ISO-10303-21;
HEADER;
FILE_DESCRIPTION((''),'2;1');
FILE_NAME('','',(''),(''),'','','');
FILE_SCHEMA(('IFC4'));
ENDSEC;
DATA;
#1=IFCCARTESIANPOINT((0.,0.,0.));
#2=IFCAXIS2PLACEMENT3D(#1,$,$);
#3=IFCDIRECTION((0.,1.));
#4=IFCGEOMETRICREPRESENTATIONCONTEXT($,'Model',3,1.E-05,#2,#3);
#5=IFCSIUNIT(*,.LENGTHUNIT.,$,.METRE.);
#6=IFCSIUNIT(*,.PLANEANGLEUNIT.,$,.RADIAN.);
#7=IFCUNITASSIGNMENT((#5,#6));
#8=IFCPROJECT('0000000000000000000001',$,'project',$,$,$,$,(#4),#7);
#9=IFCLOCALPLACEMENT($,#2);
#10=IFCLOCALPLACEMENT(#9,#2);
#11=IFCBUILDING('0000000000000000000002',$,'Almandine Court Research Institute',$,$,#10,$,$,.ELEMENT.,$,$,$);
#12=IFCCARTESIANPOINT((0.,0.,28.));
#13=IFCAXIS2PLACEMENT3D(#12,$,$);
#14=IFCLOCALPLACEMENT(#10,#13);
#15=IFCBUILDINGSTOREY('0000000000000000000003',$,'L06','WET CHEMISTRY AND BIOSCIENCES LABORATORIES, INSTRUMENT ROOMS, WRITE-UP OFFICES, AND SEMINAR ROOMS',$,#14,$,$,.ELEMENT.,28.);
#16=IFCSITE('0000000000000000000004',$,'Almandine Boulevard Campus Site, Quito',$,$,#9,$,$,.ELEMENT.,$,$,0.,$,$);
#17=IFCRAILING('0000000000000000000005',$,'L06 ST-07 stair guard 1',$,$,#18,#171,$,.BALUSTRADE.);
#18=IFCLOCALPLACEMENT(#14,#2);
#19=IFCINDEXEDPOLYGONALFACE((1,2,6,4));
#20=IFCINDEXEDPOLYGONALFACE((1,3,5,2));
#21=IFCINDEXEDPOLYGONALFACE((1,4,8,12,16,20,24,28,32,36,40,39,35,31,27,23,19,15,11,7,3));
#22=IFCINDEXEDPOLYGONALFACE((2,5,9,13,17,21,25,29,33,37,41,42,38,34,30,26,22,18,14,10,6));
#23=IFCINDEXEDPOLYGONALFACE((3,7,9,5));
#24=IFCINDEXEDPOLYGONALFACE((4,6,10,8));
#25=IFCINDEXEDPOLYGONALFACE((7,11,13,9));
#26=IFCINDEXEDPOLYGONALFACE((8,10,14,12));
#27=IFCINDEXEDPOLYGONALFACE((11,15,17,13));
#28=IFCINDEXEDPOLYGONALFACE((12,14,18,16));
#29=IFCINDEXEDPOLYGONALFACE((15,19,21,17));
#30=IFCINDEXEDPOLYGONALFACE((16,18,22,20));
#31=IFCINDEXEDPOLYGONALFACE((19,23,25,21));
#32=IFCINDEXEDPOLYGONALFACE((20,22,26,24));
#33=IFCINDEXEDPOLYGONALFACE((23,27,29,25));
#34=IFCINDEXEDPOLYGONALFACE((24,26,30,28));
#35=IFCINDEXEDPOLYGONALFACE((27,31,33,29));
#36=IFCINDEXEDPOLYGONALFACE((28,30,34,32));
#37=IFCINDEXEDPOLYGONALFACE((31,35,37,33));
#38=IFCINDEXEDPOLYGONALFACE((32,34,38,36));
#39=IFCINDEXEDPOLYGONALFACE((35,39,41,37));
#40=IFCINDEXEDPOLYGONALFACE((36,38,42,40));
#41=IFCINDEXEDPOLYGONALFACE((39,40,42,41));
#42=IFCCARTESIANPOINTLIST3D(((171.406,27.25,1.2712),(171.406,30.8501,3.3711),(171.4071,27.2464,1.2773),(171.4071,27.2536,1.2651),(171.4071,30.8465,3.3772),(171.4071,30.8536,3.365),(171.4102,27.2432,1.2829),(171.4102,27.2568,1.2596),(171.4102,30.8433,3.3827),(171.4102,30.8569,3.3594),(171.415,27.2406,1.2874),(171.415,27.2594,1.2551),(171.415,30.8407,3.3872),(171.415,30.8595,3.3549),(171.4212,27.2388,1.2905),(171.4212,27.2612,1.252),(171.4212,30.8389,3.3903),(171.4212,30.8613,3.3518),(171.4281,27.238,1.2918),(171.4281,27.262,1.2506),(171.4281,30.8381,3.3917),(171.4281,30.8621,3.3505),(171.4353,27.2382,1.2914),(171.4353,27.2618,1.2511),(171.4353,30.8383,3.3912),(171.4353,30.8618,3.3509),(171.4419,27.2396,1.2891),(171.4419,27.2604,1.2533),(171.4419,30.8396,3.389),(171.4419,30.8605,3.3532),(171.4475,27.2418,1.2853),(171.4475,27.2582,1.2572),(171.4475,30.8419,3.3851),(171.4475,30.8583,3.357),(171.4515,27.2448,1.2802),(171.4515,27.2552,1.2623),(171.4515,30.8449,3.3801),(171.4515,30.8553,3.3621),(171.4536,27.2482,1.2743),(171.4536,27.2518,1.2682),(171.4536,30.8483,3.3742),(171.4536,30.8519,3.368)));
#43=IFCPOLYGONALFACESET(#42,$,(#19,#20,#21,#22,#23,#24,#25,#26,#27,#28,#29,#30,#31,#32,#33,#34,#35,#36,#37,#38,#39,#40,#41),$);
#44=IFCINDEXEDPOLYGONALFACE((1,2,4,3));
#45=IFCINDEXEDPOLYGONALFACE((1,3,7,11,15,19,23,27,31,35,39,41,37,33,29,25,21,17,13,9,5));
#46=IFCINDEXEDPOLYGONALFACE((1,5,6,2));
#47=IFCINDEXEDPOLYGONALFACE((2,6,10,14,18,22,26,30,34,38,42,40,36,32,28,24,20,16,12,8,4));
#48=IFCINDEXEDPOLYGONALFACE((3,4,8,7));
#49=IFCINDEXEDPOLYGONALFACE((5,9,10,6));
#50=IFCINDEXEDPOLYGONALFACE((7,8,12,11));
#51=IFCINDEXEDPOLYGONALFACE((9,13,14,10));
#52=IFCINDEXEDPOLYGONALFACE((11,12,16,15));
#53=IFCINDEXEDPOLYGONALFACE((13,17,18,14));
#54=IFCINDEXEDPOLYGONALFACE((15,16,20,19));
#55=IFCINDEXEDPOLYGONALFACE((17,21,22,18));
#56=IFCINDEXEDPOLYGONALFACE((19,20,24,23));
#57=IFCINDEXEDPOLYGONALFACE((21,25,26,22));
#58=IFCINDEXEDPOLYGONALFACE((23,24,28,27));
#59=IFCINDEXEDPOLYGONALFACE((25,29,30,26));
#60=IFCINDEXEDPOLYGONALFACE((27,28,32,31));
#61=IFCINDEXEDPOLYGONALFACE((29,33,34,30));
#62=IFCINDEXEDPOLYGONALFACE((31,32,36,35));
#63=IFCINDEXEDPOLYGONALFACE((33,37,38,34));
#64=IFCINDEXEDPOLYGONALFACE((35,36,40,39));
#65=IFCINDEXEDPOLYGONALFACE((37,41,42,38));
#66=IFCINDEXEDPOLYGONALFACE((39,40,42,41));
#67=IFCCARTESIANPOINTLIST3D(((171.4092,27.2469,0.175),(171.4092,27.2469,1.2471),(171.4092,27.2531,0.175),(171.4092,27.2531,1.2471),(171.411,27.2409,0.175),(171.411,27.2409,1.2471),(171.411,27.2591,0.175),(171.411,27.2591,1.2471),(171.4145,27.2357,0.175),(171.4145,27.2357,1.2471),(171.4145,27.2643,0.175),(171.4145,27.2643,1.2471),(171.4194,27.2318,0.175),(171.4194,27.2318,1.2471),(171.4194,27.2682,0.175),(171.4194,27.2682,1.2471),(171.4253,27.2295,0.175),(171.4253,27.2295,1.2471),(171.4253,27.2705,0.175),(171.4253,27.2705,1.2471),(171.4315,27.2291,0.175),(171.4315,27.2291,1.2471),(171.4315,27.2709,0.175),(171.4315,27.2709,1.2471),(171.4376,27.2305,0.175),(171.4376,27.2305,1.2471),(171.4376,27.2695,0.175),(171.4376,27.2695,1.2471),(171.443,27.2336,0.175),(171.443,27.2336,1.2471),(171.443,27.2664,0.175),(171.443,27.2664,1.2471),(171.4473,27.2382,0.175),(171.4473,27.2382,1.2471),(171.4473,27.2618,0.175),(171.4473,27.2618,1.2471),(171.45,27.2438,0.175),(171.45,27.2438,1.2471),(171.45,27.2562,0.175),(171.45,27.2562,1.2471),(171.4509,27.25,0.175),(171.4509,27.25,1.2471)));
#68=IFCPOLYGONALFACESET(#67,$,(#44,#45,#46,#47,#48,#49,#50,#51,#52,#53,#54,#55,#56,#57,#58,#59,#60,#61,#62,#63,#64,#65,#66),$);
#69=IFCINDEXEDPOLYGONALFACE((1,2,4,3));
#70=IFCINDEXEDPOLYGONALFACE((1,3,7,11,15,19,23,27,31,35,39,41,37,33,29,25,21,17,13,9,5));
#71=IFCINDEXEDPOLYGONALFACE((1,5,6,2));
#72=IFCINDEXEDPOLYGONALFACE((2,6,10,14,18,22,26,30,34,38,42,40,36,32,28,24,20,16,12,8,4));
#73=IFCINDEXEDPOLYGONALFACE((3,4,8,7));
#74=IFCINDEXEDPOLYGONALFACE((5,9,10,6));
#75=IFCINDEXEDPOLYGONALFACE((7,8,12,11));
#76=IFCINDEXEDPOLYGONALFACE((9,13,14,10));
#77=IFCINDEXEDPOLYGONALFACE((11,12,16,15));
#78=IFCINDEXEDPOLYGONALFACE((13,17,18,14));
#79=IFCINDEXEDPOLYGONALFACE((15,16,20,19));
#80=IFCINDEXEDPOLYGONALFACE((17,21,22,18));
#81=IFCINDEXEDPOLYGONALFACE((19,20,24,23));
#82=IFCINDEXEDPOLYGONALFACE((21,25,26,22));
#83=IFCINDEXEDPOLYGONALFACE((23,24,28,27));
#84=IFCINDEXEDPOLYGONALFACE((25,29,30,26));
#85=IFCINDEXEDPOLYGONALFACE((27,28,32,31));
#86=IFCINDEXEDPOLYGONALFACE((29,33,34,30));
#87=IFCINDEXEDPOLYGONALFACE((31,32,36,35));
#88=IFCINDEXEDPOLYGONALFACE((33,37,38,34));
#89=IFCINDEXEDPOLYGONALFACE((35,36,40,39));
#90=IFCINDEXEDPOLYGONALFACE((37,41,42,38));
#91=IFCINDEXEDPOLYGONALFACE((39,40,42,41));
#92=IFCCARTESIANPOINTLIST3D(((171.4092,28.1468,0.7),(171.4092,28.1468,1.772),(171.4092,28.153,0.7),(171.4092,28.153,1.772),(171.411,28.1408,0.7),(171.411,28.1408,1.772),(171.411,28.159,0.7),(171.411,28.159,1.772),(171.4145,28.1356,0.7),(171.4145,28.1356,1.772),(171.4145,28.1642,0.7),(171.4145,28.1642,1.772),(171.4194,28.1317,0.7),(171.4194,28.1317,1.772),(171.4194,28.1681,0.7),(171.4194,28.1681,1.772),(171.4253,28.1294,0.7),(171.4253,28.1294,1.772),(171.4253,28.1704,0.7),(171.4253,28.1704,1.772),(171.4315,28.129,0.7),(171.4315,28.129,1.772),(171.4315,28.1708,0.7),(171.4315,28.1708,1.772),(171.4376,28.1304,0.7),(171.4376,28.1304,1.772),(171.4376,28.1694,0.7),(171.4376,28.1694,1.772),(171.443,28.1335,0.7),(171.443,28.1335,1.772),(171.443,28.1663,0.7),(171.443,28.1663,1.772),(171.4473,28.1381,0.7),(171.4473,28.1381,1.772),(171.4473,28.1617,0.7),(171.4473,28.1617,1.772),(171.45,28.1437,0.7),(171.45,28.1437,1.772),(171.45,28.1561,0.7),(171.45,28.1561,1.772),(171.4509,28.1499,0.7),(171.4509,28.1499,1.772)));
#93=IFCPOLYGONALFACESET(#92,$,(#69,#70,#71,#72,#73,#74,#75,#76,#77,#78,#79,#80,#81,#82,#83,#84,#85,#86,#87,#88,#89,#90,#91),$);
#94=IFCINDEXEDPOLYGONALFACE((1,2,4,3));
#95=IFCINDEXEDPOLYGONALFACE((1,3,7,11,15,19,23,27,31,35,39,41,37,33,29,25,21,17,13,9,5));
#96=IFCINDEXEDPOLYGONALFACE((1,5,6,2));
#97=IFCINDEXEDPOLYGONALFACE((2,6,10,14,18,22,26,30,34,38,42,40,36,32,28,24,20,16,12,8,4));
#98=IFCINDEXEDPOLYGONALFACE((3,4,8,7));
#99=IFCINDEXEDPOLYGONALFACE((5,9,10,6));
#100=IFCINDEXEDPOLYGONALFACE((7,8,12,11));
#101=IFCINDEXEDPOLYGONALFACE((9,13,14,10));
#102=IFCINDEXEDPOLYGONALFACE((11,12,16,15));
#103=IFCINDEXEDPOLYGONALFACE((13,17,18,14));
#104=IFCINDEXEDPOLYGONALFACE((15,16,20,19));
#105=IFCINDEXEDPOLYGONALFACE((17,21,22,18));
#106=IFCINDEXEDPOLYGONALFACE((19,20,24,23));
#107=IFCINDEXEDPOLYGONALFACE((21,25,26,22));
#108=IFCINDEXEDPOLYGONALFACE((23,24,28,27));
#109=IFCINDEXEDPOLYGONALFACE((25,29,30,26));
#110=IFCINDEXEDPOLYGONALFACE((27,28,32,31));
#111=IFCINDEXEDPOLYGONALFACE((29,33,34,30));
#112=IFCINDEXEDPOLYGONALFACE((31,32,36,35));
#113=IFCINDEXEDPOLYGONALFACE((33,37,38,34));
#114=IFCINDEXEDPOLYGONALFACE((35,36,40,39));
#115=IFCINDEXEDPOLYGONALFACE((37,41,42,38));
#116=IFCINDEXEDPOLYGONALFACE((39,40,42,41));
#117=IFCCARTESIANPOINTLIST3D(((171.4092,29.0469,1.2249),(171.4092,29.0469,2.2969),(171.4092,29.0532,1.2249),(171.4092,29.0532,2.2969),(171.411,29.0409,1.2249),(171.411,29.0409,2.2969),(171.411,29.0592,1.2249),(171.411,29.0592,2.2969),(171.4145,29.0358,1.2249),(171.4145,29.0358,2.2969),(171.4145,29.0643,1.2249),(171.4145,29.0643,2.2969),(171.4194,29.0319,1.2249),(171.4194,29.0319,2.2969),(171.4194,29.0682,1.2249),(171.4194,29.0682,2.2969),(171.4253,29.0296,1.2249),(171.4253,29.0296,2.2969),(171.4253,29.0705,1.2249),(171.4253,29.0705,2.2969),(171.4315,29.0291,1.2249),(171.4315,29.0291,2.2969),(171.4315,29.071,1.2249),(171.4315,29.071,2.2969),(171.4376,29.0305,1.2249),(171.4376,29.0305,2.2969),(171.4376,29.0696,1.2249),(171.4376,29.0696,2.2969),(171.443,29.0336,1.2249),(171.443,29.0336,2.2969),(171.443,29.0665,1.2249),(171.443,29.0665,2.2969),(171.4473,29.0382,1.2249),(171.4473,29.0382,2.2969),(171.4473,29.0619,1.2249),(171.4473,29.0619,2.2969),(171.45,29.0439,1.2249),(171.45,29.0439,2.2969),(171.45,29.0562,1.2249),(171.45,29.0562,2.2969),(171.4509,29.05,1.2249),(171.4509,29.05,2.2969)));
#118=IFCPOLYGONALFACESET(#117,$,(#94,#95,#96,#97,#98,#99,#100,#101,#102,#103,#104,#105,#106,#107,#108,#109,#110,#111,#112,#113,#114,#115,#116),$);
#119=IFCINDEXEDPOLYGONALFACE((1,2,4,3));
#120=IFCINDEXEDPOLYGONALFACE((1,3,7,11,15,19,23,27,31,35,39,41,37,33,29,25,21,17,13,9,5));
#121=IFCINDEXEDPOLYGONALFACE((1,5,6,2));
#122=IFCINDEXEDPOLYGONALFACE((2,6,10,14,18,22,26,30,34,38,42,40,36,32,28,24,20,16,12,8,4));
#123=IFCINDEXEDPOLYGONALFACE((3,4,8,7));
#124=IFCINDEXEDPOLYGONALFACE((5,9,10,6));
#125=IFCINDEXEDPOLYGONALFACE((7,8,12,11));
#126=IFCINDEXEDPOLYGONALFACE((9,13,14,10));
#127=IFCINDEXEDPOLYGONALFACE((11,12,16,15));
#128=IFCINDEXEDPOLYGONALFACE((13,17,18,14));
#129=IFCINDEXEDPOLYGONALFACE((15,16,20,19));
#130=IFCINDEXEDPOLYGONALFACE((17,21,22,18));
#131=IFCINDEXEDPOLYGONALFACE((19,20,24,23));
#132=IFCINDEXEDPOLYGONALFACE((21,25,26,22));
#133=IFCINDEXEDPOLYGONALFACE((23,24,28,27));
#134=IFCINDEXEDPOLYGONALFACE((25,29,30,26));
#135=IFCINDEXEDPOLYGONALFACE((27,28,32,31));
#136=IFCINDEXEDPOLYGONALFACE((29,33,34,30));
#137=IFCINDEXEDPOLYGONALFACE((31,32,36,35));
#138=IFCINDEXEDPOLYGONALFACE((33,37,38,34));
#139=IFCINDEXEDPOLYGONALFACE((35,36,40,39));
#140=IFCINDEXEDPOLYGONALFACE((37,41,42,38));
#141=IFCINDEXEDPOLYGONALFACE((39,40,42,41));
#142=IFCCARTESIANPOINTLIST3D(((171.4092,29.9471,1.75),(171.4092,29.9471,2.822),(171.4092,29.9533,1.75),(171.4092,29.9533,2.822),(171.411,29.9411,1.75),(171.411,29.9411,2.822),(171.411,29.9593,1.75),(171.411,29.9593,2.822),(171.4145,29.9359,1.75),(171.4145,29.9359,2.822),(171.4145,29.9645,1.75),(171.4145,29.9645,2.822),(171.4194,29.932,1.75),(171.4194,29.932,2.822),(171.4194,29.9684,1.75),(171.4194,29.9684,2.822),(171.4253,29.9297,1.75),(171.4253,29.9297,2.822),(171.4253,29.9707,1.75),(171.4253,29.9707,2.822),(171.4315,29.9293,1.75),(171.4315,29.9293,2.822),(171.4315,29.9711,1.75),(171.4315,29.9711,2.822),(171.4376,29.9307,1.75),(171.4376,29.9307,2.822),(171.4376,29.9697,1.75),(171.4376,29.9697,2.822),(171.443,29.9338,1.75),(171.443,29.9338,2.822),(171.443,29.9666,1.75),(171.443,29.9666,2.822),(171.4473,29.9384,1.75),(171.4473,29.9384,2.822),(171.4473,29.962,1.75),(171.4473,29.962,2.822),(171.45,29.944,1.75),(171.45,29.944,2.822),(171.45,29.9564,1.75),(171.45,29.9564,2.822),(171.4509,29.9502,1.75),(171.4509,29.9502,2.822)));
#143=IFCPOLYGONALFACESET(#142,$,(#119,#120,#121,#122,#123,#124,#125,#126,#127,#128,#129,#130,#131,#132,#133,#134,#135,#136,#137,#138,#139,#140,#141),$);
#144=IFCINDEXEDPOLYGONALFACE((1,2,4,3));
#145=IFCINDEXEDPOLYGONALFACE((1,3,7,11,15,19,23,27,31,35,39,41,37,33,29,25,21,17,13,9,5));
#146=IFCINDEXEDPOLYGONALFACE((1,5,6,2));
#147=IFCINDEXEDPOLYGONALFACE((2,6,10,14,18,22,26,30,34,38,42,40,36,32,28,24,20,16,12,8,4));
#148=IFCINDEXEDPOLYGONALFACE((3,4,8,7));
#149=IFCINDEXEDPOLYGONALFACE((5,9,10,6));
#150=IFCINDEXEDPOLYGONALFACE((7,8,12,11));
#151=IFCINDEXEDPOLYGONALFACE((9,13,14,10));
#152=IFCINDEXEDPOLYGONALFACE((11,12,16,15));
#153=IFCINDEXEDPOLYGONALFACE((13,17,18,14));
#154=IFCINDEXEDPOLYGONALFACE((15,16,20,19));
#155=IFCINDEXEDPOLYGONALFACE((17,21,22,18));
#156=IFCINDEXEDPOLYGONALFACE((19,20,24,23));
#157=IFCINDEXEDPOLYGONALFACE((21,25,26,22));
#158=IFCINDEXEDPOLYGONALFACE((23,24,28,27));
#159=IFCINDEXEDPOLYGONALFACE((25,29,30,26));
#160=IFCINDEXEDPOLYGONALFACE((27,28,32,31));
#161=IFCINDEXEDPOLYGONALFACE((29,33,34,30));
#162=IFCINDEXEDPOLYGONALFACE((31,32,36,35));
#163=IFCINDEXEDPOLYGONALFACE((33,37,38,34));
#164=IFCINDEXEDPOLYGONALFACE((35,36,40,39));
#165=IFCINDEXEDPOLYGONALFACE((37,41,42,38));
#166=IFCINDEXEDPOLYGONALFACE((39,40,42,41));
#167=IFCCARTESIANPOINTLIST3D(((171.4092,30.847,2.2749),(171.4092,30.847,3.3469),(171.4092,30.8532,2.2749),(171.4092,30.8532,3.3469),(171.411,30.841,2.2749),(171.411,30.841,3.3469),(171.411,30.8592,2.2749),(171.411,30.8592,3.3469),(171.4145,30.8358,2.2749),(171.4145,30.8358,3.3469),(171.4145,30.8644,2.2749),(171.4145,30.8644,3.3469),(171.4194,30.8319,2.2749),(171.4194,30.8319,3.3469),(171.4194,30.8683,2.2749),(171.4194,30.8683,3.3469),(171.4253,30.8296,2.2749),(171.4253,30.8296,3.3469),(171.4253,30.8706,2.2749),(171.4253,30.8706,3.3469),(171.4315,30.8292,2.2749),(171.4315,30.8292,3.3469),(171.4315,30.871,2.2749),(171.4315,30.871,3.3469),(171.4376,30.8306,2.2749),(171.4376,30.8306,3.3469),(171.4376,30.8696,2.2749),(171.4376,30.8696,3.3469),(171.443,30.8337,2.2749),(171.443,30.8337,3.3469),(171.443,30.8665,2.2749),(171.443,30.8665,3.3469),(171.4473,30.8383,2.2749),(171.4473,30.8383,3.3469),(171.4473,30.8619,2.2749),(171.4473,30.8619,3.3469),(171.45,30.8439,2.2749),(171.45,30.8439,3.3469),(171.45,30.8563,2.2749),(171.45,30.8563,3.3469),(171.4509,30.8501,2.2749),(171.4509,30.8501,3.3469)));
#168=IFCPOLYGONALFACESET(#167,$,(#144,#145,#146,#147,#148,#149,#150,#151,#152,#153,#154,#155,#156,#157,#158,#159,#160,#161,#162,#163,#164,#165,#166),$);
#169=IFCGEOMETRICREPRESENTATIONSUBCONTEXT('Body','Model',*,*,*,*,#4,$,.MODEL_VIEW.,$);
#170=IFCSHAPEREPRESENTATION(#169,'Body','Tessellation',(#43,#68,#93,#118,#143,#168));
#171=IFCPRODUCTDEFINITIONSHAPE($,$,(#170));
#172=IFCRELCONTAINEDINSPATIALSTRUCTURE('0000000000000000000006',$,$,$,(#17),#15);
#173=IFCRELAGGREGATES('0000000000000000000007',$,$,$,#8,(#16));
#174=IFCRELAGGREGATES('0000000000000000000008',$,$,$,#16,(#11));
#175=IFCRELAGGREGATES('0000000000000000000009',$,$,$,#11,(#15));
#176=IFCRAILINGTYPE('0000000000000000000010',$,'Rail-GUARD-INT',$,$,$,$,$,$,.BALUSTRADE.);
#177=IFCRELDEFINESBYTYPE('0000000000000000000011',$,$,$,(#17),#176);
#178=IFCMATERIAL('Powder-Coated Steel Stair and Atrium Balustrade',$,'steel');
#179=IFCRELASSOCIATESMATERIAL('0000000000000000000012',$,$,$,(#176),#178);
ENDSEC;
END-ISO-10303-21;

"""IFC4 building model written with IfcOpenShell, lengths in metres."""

from ifc_helpers import new_model, si_unit, direction, frame, origin, origin_2d, place, context, subcontext, project, spatial, circle, extrude, material, type_object, element, save


model = new_model("IFC4")

# Units and contexts
model_context = context("Model", 3, precision=1e-05, world=origin(), true_north=direction((0.0, 1.0)))
body_context = subcontext(model_context, "Body", "Model", "MODEL_VIEW")
ifc_project = project(units=[si_unit("LENGTHUNIT", "METRE"), si_unit("PLANEANGLEUNIT", "RADIAN")], contexts=[model_context])

# Site, building, storey
site_placement = place(None, origin())
site = spatial("IfcSite", under=ifc_project, at=site_placement, Name="Almandine Boulevard Campus Site, Quito", CompositionType="ELEMENT", RefElevation=0.0)
building_placement = place(site_placement, origin())
building = spatial("IfcBuilding", under=site, at=building_placement, Name="Almandine Court Research Institute", CompositionType="ELEMENT")
storey_placement = place(building_placement, frame((0.0, 0.0, 28.0)))
storey = spatial("IfcBuildingStorey", under=building, at=storey_placement, Name="L06", Description="WET CHEMISTRY AND BIOSCIENCES LABORATORIES, INSTRUMENT ROOMS, WRITE-UP OFFICES, AND SEMINAR ROOMS", CompositionType="ELEMENT", Elevation=28.0)

# Railing
ifc_material_1 = material(Name="Powder-Coated Steel Stair and Atrium Balustrade", Category="steel")
railing_type_1 = type_object("IfcRailingType", Name="Rail-GUARD-INT", PredefinedType="BALUSTRADE", material=ifc_material_1)
railing_1_placement = place(storey_placement, frame((171.4299, 27.25, 0.175)))
element("IfcRailing", 1, at=railing_1_placement, inside=storey, type_object=railing_type_1, Name="L06 ST-07 stair guard 1", PredefinedType="BALUSTRADE", context=body_context, shape_type="SweptSolid", body=[
    extrude(circle(Radius=0.0239, at=origin_2d()), frame((0.0, 0.0, 1.0962), z_axis=(0.0, 0.8638, 0.503835), x_axis=(-1.0, 0.0, 0.0)), (0.0, 0.0, 1.0), 4.1677),
    extrude(circle(Radius=0.021, at=origin_2d()), origin(), (0.0, 0.0, 1.0), 1.072),
    extrude(circle(Radius=0.021, at=origin_2d()), frame((0.0, 0.8999, 0.5249)), (0.0, 0.0, 1.0), 1.072),
    extrude(circle(Radius=0.021, at=origin_2d()), frame((0.0, 1.8, 1.0498)), (0.0, 0.0, 1.0), 1.072),
    extrude(circle(Radius=0.021, at=origin_2d()), frame((0.0, 2.7002, 1.575)), (0.0, 0.0, 1.0), 1.072),
    extrude(circle(Radius=0.021, at=origin_2d()), frame((0.0, 3.6001, 2.0999)), (0.0, 0.0, 1.0), 1.072),
])

save(model, "model.ifc")
